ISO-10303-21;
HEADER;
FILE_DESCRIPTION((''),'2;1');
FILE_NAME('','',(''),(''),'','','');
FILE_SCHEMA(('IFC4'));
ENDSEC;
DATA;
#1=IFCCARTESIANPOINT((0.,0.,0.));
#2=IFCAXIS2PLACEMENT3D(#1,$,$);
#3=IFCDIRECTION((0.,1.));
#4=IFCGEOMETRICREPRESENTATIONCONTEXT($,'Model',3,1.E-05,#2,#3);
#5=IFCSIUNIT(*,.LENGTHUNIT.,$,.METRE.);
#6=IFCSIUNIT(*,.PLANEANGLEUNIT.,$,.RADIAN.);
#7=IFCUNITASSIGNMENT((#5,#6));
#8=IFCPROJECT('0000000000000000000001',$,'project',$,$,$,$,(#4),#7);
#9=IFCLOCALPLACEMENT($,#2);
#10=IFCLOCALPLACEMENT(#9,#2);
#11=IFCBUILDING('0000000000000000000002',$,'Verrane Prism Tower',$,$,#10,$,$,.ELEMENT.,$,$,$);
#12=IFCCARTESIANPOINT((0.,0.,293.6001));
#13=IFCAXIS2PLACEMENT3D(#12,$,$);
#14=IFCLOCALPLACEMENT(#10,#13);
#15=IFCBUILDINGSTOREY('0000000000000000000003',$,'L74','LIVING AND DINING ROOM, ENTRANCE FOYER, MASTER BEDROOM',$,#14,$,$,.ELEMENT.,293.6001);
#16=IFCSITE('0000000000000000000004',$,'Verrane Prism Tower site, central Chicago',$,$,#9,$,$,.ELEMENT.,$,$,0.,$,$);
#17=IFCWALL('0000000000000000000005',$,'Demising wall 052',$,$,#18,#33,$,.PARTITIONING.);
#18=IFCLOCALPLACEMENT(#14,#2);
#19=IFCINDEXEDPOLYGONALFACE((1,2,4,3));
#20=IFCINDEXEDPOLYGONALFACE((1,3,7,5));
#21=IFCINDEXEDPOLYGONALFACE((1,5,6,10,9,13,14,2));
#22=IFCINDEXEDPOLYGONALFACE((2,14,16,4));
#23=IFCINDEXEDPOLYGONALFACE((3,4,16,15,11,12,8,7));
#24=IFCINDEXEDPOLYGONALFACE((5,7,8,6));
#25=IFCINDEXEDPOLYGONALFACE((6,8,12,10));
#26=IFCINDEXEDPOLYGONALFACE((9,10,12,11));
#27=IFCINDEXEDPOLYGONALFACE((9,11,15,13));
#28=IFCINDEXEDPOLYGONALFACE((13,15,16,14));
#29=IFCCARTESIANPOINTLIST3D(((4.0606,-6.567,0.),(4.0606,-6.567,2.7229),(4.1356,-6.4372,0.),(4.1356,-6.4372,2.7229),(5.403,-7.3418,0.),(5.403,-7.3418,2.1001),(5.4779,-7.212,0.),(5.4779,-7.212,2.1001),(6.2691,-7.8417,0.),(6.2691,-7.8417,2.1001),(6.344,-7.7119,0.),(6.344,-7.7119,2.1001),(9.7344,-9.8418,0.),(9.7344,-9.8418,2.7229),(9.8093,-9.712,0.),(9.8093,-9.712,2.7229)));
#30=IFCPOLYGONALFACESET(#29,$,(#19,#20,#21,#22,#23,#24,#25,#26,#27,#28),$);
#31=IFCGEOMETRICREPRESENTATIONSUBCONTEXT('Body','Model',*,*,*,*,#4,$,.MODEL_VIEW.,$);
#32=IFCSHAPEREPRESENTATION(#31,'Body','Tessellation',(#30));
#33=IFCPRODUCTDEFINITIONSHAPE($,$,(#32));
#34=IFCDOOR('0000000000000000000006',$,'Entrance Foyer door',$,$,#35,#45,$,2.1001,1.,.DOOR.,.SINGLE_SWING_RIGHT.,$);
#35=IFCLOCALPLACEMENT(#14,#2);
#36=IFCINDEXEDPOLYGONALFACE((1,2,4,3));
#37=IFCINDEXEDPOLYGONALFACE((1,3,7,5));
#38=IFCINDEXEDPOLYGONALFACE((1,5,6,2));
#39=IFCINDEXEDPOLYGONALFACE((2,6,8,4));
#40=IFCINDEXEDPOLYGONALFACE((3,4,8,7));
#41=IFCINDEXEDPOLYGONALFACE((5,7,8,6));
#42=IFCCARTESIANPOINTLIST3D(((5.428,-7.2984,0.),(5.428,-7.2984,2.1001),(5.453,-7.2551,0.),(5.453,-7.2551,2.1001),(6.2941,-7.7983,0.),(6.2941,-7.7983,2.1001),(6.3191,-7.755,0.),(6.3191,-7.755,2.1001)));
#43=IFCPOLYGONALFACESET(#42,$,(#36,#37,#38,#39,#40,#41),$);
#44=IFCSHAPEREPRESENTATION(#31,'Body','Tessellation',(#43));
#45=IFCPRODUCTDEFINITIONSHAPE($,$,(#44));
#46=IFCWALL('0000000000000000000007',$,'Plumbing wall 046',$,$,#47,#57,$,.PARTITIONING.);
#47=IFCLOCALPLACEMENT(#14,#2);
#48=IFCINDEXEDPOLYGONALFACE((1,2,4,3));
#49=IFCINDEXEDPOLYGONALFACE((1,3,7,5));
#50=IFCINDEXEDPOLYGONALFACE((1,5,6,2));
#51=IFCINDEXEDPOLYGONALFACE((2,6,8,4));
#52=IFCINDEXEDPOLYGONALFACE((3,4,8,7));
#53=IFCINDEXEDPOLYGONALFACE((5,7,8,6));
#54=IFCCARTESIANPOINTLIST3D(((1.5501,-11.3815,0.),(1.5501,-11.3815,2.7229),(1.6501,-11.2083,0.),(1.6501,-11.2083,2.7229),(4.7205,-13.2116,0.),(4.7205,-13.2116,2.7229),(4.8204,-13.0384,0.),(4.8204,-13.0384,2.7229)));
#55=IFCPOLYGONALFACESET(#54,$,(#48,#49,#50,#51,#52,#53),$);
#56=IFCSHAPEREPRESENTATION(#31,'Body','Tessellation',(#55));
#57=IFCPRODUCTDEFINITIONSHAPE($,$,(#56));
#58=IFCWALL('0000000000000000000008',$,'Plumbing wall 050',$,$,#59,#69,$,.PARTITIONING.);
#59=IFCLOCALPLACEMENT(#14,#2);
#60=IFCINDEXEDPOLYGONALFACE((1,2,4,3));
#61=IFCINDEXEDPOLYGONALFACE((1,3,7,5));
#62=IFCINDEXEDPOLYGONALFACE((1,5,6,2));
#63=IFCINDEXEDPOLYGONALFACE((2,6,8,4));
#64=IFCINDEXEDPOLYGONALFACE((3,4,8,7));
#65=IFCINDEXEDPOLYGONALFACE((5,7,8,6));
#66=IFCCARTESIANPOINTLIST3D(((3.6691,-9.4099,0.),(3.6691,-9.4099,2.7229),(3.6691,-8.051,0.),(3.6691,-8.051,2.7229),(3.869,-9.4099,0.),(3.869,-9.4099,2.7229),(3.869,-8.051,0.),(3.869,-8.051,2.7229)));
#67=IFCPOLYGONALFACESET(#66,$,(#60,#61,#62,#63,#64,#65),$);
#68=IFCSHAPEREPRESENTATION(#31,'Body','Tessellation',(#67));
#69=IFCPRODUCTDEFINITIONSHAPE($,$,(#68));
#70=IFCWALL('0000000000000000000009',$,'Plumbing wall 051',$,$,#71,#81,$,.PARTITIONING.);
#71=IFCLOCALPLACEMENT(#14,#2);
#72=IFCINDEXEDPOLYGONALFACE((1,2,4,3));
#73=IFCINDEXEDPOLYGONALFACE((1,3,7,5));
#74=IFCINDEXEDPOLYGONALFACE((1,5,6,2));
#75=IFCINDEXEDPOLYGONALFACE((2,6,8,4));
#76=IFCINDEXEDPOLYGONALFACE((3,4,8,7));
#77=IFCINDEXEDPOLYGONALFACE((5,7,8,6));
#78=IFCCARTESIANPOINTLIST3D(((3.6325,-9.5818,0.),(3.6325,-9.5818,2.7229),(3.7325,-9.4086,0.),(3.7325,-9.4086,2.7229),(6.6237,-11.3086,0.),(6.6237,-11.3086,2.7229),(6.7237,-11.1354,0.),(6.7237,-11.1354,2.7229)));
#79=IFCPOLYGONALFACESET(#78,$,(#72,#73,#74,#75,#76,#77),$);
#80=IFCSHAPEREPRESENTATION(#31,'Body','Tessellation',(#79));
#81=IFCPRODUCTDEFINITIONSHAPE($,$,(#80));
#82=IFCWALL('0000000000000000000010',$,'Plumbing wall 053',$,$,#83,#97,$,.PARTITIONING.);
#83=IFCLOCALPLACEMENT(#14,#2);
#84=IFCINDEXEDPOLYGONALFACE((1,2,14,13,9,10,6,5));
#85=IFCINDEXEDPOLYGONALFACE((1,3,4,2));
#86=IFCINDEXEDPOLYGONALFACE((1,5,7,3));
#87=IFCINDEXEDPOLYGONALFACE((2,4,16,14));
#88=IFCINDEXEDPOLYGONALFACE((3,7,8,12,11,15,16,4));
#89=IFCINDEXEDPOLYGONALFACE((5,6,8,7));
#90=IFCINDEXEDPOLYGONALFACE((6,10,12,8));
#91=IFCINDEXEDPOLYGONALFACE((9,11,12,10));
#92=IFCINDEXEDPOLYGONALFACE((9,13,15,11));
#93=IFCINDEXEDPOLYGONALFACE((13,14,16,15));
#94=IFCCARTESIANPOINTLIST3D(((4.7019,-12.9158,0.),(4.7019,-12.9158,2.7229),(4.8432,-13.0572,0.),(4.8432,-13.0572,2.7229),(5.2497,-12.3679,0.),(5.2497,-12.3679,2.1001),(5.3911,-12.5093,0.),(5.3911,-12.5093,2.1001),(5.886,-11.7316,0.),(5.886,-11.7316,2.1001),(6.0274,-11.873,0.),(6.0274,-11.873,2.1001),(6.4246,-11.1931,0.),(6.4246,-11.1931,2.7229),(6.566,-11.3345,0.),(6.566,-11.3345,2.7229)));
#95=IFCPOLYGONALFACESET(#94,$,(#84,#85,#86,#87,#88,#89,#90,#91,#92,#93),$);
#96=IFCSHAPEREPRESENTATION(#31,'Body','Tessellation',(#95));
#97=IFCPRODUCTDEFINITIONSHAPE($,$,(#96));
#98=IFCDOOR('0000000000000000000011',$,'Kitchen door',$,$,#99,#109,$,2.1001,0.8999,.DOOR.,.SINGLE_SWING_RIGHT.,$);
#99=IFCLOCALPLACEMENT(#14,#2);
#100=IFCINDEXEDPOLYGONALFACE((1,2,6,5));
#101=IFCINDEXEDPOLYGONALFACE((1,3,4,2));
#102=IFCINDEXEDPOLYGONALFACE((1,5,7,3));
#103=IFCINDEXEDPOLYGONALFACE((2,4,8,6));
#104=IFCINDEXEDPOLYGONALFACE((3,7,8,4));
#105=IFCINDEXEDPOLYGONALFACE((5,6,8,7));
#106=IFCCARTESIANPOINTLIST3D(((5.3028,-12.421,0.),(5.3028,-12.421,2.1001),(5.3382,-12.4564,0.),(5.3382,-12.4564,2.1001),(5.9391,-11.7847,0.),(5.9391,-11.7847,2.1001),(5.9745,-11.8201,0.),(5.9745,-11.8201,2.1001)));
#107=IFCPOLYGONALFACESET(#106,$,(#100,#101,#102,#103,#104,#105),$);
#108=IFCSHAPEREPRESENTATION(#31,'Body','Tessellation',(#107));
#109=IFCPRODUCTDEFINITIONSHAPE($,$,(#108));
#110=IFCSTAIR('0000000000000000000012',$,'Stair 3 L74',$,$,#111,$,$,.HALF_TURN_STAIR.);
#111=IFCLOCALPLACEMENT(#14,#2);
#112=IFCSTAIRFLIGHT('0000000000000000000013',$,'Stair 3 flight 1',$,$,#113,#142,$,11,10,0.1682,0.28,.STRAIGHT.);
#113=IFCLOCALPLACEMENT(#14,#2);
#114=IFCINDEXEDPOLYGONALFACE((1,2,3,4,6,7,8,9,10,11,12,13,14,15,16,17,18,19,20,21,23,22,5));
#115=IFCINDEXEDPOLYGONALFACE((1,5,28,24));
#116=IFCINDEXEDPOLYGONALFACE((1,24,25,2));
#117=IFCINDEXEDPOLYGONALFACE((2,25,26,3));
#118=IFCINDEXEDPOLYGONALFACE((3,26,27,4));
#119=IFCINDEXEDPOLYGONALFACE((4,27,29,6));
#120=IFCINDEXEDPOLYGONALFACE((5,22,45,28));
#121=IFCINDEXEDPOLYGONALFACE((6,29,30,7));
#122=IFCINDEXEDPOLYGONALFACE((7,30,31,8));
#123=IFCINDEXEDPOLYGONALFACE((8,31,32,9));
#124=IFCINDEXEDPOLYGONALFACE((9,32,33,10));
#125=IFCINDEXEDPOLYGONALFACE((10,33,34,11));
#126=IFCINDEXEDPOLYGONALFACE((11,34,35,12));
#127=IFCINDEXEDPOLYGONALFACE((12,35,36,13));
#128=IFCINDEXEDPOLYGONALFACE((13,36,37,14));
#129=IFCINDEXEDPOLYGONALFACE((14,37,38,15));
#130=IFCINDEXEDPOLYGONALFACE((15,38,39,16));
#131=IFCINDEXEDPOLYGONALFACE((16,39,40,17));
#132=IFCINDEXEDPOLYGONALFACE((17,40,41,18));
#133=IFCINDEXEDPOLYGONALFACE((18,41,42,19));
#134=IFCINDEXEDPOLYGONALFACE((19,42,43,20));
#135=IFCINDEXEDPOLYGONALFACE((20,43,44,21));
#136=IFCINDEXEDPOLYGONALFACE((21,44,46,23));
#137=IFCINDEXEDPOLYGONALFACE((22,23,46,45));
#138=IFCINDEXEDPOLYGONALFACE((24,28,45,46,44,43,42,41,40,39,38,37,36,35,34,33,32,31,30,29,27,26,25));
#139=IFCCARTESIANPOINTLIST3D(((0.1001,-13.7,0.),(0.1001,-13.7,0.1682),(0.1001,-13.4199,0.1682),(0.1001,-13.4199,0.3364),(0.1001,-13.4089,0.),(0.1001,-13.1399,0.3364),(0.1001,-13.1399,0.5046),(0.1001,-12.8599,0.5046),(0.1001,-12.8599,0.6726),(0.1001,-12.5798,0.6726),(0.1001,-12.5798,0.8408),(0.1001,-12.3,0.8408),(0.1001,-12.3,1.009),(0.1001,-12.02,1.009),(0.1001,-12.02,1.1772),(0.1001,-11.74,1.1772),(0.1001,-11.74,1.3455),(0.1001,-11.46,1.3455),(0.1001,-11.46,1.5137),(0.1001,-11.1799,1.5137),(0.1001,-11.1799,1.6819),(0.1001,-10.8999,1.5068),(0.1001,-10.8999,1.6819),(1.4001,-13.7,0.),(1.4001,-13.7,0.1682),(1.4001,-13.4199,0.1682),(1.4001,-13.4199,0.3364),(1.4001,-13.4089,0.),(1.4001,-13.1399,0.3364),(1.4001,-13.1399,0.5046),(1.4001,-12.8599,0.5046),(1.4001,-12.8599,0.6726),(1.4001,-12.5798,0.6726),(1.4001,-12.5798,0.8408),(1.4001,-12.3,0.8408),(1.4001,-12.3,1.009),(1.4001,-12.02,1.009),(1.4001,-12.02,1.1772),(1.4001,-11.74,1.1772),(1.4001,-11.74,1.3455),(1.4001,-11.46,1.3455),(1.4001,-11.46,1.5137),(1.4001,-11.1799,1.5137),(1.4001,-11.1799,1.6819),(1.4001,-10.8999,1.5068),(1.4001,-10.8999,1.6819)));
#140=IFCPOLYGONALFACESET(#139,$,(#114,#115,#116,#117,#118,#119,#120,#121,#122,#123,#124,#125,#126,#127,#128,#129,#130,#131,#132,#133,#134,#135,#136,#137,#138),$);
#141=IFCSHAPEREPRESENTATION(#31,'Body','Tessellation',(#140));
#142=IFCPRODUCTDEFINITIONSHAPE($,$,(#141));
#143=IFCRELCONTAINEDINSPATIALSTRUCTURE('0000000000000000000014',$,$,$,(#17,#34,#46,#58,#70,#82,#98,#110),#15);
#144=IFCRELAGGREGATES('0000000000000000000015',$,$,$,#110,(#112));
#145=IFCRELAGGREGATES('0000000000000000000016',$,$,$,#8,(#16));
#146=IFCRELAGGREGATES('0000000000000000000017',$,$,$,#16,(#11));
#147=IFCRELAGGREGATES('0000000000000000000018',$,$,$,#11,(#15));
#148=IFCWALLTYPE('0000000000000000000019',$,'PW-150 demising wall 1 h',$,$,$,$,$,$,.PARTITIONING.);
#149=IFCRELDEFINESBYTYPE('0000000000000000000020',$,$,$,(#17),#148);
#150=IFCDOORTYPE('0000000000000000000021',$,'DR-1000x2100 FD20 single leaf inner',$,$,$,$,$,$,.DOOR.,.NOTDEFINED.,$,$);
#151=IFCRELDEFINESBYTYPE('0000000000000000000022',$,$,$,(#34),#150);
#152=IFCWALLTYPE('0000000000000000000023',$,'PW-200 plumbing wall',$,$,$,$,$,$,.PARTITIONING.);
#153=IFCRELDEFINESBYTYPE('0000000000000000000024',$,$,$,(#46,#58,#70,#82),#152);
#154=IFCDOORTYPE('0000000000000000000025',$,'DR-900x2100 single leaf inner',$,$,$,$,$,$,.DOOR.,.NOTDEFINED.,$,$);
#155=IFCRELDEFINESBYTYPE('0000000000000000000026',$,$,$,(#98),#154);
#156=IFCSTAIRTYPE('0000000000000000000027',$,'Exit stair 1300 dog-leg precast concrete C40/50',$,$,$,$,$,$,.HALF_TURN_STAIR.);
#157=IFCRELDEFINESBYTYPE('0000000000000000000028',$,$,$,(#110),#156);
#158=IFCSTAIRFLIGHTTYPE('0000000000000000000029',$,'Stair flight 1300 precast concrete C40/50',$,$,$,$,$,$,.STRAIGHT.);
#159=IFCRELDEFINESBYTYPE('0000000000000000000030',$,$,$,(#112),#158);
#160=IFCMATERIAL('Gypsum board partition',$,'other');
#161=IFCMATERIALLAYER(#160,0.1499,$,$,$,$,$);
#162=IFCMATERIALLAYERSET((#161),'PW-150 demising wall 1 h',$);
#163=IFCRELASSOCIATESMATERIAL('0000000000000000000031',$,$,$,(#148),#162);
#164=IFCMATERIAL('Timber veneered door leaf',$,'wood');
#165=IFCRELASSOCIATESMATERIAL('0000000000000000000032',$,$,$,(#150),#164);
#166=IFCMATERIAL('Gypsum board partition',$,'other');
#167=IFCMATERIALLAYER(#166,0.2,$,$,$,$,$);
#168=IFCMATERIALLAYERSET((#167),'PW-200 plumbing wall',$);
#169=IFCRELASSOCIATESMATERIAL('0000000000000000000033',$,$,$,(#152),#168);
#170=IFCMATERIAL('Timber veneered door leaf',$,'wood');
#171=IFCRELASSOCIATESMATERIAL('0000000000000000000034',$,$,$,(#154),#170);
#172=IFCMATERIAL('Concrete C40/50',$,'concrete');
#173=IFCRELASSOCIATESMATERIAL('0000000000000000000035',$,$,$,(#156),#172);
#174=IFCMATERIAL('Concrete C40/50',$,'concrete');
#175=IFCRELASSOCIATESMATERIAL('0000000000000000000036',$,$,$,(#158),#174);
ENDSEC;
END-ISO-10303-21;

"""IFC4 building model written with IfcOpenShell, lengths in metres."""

from ifc_helpers import new_model, si_unit, direction, frame, frame_2d, origin, place, context, subcontext, project, spatial, polyline, rectangle, outline, extrude, material, layer, layer_set, type_object, element, fill, aggregate, save


model = new_model("IFC4")

# Units and contexts
model_context = context("Model", 3, precision=1e-05, world=origin(), true_north=direction((0.0, 1.0)))
body_context = subcontext(model_context, "Body", "Model", "MODEL_VIEW")
ifc_project = project(units=[si_unit("LENGTHUNIT", "METRE"), si_unit("PLANEANGLEUNIT", "RADIAN")], contexts=[model_context])

# Site, building, storey
site_placement = place(None, origin())
site = spatial("IfcSite", under=ifc_project, at=site_placement, Name="Verrane Prism Tower site, central Chicago", CompositionType="ELEMENT", RefElevation=0.0)
building_placement = place(site_placement, origin())
building = spatial("IfcBuilding", under=site, at=building_placement, Name="Verrane Prism Tower", CompositionType="ELEMENT")
storey_placement = place(building_placement, frame((0.0, 0.0, 293.6001)))
storey = spatial("IfcBuildingStorey", under=building, at=storey_placement, Name="L74", Description="LIVING AND DINING ROOM, ENTRANCE FOYER, MASTER BEDROOM", CompositionType="ELEMENT", Elevation=293.6001)

# Wall, opening, door
ifc_material_1 = material(Name="Gypsum board partition", Category="other")
ifc_layer_1 = layer(ifc_material_1, 0.1499)
ifc_layer_set_1 = layer_set([ifc_layer_1], Name="PW-150 demising wall 1 h")
wall_type_1 = type_object("IfcWallType", Name="PW-150 demising wall 1 h", PredefinedType="PARTITIONING", material=ifc_layer_set_1)
wall_1_placement = place(storey_placement, frame((9.7717, -9.7769, 0.0), z_axis=(0.0, 0.0, 1.0), x_axis=(-0.866084, 0.499899, 0.0)))
wall_1 = element("IfcWall", 1, at=wall_1_placement, inside=storey, type_object=wall_type_1, Name="Demising wall 052", PredefinedType="PARTITIONING", context=body_context, shape_type="SweptSolid", body=[
    extrude(rectangle(XDim=6.551, YDim=0.1499, at=frame_2d((3.2754, 0.0))), origin(), (0.0, 0.0, 1.0), 2.7229),
])
opening_1_placement = place(wall_1_placement, frame((4.001, 0.0, 0.0)))
opening_1 = element("IfcOpeningElement", 2, at=opening_1_placement, cuts=wall_1, PredefinedType="OPENING", context=body_context, shape_type="SweptSolid", body=[
    extrude(rectangle(XDim=1.0, YDim=2.1001, at=frame_2d((0.5, 1.05))), frame((0.0, 0.085, 0.0), z_axis=(0.0, -1.0, 0.0), x_axis=(1.0, 0.0, 0.0)), (0.0, 0.0, 1.0), 0.1699),
])
ifc_material_2 = material(Name="Timber veneered door leaf", Category="wood")
door_type_1 = type_object("IfcDoorType", Name="DR-1000x2100 FD20 single leaf inner", OperationType="NOTDEFINED", PredefinedType="DOOR", material=ifc_material_2)
door_1_placement = place(opening_1_placement, origin())
door_1 = element("IfcDoor", 3, at=door_1_placement, inside=storey, type_object=door_type_1, Name="Entrance Foyer door", OperationType="SINGLE_SWING_RIGHT", OverallHeight=2.1001, OverallWidth=1.0, PredefinedType="DOOR", context=body_context, shape_type="SweptSolid", body=[
    extrude(rectangle(XDim=1.0, YDim=2.1001, at=frame_2d((0.5, 1.05))), frame((0.0, 0.0249, 0.0), z_axis=(0.0, -1.0, 0.0), x_axis=(1.0, 0.0, 0.0)), (0.0, 0.0, 1.0), 0.05),
])
fill(opening_1, door_1)

# Walls
ifc_material_3 = material(Name="Gypsum board partition", Category="other")
ifc_layer_2 = layer(ifc_material_3, 0.2)
ifc_layer_set_2 = layer_set([ifc_layer_2], Name="PW-200 plumbing wall")
wall_type_2 = type_object("IfcWallType", Name="PW-200 plumbing wall", PredefinedType="PARTITIONING", material=ifc_layer_set_2)
wall_2_placement = place(storey_placement, frame((1.6001, -11.2949, 0.0), z_axis=(0.0, 0.0, 1.0), x_axis=(0.866068, -0.499926, 0.0)))
element("IfcWall", 4, at=wall_2_placement, inside=storey, type_object=wall_type_2, Name="Plumbing wall 046", PredefinedType="PARTITIONING", context=body_context, shape_type="SweptSolid", body=[
    extrude(rectangle(XDim=3.6606, YDim=0.2, at=frame_2d((1.8303, 0.0))), origin(), (0.0, 0.0, 1.0), 2.7229),
])
wall_3_placement = place(storey_placement, frame((3.769, -9.4099, 0.0), z_axis=(0.0, 0.0, 1.0), x_axis=(0.0, 1.0, 0.0)))
element("IfcWall", 5, at=wall_3_placement, inside=storey, type_object=wall_type_2, Name="Plumbing wall 050", PredefinedType="PARTITIONING", context=body_context, shape_type="SweptSolid", body=[
    extrude(rectangle(XDim=1.3589, YDim=0.2, at=frame_2d((0.6794, 0.0))), origin(), (0.0, 0.0, 1.0), 2.7229),
])
wall_4_placement = place(storey_placement, frame((3.6824, -9.4951, 0.0), z_axis=(0.0, 0.0, 1.0), x_axis=(0.866047, -0.499963, 0.0)))
element("IfcWall", 6, at=wall_4_placement, inside=storey, type_object=wall_type_2, Name="Plumbing wall 051", PredefinedType="PARTITIONING", context=body_context, shape_type="SweptSolid", body=[
    extrude(rectangle(XDim=3.4539, YDim=0.2, at=frame_2d((1.7271, 0.0))), origin(), (0.0, 0.0, 1.0), 2.7229),
])

# Wall, opening, door
wall_5_placement = place(storey_placement, frame((4.7725, -12.9866, 0.0), z_axis=(0.0, 0.0, 1.0), x_axis=(0.707107, 0.707107, 0.0)))
wall_5 = element("IfcWall", 7, at=wall_5_placement, inside=storey, type_object=wall_type_2, Name="Plumbing wall 053", PredefinedType="PARTITIONING", context=body_context, shape_type="SweptSolid", body=[
    extrude(rectangle(XDim=2.4363, YDim=0.2, at=frame_2d((1.2183, 0.0))), origin(), (0.0, 0.0, 1.0), 2.7229),
])
opening_2_placement = place(wall_5_placement, frame((0.7749, 0.0, 0.0)))
opening_2 = element("IfcOpeningElement", 8, at=opening_2_placement, cuts=wall_5, PredefinedType="OPENING", context=body_context, shape_type="SweptSolid", body=[
    extrude(rectangle(XDim=0.8999, YDim=2.1001, at=frame_2d((0.45, 1.05))), frame((0.0, 0.1099, 0.0), z_axis=(0.0, -1.0, 0.0), x_axis=(1.0, 0.0, 0.0)), (0.0, 0.0, 1.0), 0.22),
])
ifc_material_4 = material(Name="Timber veneered door leaf", Category="wood")
door_type_2 = type_object("IfcDoorType", Name="DR-900x2100 single leaf inner", OperationType="NOTDEFINED", PredefinedType="DOOR", material=ifc_material_4)
door_2_placement = place(opening_2_placement, origin())
door_2 = element("IfcDoor", 9, at=door_2_placement, inside=storey, type_object=door_type_2, Name="Kitchen door", OperationType="SINGLE_SWING_RIGHT", OverallHeight=2.1001, OverallWidth=0.8999, PredefinedType="DOOR", context=body_context, shape_type="SweptSolid", body=[
    extrude(rectangle(XDim=0.8999, YDim=2.1001, at=frame_2d((0.45, 1.05))), frame((0.0, 0.0249, 0.0), z_axis=(0.0, -1.0, 0.0), x_axis=(1.0, 0.0, 0.0)), (0.0, 0.0, 1.0), 0.05),
])
fill(opening_2, door_2)

# Stair, stair flight
ifc_material_5 = material(Name="Concrete C40/50", Category="concrete")
stair_type = type_object("IfcStairType", Name="Exit stair 1300 dog-leg precast concrete C40/50", PredefinedType="HALF_TURN_STAIR", material=ifc_material_5)
stair_placement = place(storey_placement, origin())
stair = element("IfcStair", 10, at=stair_placement, inside=storey, type_object=stair_type, Name="Stair 3 L74", PredefinedType="HALF_TURN_STAIR")
ifc_material_6 = material(Name="Concrete C40/50", Category="concrete")
stair_flight_type = type_object("IfcStairFlightType", Name="Stair flight 1300 precast concrete C40/50", PredefinedType="STRAIGHT", material=ifc_material_6)
stair_flight_placement = place(storey_placement, frame((0.75, -13.7, 0.0), z_axis=(0.0, 0.0, 1.0), x_axis=(0.0, 1.0, 0.0)))
stair_flight = element("IfcStairFlight", 11, at=stair_flight_placement, type_object=stair_flight_type, Name="Stair 3 flight 1", NumberOfRisers=11, NumberOfTreads=10, PredefinedType="STRAIGHT", RiserHeight=0.1682, TreadLength=0.28, context=body_context, shape_type="SweptSolid", body=[
    extrude(outline(polyline([(0.0, 0.0), (0.0, 0.1682), (0.28, 0.1682), (0.28, 0.3364), (0.5601, 0.3364), (0.5601, 0.5046), (0.8401, 0.5046), (0.8401, 0.6726), (1.1201, 0.6726), (1.1201, 0.8408), (1.3999, 0.8408), (1.3999, 1.009), (1.6799, 1.009), (1.6799, 1.1772), (1.96, 1.1772), (1.96, 1.3455), (2.24, 1.3455), (2.24, 1.5137), (2.52, 1.5137), (2.52, 1.6819), (2.8, 1.6819), (2.8, 1.8501), (2.8, 1.5068), (0.291, 0.0), (0.0, 0.0)])), frame((0.0, 0.6499, 0.0), z_axis=(0.0, -1.0, 0.0), x_axis=(1.0, 0.0, 0.0)), (0.0, 0.0, 1.0), 1.3),
])
aggregate(stair, [stair_flight])

save(model, "model.ifc")
